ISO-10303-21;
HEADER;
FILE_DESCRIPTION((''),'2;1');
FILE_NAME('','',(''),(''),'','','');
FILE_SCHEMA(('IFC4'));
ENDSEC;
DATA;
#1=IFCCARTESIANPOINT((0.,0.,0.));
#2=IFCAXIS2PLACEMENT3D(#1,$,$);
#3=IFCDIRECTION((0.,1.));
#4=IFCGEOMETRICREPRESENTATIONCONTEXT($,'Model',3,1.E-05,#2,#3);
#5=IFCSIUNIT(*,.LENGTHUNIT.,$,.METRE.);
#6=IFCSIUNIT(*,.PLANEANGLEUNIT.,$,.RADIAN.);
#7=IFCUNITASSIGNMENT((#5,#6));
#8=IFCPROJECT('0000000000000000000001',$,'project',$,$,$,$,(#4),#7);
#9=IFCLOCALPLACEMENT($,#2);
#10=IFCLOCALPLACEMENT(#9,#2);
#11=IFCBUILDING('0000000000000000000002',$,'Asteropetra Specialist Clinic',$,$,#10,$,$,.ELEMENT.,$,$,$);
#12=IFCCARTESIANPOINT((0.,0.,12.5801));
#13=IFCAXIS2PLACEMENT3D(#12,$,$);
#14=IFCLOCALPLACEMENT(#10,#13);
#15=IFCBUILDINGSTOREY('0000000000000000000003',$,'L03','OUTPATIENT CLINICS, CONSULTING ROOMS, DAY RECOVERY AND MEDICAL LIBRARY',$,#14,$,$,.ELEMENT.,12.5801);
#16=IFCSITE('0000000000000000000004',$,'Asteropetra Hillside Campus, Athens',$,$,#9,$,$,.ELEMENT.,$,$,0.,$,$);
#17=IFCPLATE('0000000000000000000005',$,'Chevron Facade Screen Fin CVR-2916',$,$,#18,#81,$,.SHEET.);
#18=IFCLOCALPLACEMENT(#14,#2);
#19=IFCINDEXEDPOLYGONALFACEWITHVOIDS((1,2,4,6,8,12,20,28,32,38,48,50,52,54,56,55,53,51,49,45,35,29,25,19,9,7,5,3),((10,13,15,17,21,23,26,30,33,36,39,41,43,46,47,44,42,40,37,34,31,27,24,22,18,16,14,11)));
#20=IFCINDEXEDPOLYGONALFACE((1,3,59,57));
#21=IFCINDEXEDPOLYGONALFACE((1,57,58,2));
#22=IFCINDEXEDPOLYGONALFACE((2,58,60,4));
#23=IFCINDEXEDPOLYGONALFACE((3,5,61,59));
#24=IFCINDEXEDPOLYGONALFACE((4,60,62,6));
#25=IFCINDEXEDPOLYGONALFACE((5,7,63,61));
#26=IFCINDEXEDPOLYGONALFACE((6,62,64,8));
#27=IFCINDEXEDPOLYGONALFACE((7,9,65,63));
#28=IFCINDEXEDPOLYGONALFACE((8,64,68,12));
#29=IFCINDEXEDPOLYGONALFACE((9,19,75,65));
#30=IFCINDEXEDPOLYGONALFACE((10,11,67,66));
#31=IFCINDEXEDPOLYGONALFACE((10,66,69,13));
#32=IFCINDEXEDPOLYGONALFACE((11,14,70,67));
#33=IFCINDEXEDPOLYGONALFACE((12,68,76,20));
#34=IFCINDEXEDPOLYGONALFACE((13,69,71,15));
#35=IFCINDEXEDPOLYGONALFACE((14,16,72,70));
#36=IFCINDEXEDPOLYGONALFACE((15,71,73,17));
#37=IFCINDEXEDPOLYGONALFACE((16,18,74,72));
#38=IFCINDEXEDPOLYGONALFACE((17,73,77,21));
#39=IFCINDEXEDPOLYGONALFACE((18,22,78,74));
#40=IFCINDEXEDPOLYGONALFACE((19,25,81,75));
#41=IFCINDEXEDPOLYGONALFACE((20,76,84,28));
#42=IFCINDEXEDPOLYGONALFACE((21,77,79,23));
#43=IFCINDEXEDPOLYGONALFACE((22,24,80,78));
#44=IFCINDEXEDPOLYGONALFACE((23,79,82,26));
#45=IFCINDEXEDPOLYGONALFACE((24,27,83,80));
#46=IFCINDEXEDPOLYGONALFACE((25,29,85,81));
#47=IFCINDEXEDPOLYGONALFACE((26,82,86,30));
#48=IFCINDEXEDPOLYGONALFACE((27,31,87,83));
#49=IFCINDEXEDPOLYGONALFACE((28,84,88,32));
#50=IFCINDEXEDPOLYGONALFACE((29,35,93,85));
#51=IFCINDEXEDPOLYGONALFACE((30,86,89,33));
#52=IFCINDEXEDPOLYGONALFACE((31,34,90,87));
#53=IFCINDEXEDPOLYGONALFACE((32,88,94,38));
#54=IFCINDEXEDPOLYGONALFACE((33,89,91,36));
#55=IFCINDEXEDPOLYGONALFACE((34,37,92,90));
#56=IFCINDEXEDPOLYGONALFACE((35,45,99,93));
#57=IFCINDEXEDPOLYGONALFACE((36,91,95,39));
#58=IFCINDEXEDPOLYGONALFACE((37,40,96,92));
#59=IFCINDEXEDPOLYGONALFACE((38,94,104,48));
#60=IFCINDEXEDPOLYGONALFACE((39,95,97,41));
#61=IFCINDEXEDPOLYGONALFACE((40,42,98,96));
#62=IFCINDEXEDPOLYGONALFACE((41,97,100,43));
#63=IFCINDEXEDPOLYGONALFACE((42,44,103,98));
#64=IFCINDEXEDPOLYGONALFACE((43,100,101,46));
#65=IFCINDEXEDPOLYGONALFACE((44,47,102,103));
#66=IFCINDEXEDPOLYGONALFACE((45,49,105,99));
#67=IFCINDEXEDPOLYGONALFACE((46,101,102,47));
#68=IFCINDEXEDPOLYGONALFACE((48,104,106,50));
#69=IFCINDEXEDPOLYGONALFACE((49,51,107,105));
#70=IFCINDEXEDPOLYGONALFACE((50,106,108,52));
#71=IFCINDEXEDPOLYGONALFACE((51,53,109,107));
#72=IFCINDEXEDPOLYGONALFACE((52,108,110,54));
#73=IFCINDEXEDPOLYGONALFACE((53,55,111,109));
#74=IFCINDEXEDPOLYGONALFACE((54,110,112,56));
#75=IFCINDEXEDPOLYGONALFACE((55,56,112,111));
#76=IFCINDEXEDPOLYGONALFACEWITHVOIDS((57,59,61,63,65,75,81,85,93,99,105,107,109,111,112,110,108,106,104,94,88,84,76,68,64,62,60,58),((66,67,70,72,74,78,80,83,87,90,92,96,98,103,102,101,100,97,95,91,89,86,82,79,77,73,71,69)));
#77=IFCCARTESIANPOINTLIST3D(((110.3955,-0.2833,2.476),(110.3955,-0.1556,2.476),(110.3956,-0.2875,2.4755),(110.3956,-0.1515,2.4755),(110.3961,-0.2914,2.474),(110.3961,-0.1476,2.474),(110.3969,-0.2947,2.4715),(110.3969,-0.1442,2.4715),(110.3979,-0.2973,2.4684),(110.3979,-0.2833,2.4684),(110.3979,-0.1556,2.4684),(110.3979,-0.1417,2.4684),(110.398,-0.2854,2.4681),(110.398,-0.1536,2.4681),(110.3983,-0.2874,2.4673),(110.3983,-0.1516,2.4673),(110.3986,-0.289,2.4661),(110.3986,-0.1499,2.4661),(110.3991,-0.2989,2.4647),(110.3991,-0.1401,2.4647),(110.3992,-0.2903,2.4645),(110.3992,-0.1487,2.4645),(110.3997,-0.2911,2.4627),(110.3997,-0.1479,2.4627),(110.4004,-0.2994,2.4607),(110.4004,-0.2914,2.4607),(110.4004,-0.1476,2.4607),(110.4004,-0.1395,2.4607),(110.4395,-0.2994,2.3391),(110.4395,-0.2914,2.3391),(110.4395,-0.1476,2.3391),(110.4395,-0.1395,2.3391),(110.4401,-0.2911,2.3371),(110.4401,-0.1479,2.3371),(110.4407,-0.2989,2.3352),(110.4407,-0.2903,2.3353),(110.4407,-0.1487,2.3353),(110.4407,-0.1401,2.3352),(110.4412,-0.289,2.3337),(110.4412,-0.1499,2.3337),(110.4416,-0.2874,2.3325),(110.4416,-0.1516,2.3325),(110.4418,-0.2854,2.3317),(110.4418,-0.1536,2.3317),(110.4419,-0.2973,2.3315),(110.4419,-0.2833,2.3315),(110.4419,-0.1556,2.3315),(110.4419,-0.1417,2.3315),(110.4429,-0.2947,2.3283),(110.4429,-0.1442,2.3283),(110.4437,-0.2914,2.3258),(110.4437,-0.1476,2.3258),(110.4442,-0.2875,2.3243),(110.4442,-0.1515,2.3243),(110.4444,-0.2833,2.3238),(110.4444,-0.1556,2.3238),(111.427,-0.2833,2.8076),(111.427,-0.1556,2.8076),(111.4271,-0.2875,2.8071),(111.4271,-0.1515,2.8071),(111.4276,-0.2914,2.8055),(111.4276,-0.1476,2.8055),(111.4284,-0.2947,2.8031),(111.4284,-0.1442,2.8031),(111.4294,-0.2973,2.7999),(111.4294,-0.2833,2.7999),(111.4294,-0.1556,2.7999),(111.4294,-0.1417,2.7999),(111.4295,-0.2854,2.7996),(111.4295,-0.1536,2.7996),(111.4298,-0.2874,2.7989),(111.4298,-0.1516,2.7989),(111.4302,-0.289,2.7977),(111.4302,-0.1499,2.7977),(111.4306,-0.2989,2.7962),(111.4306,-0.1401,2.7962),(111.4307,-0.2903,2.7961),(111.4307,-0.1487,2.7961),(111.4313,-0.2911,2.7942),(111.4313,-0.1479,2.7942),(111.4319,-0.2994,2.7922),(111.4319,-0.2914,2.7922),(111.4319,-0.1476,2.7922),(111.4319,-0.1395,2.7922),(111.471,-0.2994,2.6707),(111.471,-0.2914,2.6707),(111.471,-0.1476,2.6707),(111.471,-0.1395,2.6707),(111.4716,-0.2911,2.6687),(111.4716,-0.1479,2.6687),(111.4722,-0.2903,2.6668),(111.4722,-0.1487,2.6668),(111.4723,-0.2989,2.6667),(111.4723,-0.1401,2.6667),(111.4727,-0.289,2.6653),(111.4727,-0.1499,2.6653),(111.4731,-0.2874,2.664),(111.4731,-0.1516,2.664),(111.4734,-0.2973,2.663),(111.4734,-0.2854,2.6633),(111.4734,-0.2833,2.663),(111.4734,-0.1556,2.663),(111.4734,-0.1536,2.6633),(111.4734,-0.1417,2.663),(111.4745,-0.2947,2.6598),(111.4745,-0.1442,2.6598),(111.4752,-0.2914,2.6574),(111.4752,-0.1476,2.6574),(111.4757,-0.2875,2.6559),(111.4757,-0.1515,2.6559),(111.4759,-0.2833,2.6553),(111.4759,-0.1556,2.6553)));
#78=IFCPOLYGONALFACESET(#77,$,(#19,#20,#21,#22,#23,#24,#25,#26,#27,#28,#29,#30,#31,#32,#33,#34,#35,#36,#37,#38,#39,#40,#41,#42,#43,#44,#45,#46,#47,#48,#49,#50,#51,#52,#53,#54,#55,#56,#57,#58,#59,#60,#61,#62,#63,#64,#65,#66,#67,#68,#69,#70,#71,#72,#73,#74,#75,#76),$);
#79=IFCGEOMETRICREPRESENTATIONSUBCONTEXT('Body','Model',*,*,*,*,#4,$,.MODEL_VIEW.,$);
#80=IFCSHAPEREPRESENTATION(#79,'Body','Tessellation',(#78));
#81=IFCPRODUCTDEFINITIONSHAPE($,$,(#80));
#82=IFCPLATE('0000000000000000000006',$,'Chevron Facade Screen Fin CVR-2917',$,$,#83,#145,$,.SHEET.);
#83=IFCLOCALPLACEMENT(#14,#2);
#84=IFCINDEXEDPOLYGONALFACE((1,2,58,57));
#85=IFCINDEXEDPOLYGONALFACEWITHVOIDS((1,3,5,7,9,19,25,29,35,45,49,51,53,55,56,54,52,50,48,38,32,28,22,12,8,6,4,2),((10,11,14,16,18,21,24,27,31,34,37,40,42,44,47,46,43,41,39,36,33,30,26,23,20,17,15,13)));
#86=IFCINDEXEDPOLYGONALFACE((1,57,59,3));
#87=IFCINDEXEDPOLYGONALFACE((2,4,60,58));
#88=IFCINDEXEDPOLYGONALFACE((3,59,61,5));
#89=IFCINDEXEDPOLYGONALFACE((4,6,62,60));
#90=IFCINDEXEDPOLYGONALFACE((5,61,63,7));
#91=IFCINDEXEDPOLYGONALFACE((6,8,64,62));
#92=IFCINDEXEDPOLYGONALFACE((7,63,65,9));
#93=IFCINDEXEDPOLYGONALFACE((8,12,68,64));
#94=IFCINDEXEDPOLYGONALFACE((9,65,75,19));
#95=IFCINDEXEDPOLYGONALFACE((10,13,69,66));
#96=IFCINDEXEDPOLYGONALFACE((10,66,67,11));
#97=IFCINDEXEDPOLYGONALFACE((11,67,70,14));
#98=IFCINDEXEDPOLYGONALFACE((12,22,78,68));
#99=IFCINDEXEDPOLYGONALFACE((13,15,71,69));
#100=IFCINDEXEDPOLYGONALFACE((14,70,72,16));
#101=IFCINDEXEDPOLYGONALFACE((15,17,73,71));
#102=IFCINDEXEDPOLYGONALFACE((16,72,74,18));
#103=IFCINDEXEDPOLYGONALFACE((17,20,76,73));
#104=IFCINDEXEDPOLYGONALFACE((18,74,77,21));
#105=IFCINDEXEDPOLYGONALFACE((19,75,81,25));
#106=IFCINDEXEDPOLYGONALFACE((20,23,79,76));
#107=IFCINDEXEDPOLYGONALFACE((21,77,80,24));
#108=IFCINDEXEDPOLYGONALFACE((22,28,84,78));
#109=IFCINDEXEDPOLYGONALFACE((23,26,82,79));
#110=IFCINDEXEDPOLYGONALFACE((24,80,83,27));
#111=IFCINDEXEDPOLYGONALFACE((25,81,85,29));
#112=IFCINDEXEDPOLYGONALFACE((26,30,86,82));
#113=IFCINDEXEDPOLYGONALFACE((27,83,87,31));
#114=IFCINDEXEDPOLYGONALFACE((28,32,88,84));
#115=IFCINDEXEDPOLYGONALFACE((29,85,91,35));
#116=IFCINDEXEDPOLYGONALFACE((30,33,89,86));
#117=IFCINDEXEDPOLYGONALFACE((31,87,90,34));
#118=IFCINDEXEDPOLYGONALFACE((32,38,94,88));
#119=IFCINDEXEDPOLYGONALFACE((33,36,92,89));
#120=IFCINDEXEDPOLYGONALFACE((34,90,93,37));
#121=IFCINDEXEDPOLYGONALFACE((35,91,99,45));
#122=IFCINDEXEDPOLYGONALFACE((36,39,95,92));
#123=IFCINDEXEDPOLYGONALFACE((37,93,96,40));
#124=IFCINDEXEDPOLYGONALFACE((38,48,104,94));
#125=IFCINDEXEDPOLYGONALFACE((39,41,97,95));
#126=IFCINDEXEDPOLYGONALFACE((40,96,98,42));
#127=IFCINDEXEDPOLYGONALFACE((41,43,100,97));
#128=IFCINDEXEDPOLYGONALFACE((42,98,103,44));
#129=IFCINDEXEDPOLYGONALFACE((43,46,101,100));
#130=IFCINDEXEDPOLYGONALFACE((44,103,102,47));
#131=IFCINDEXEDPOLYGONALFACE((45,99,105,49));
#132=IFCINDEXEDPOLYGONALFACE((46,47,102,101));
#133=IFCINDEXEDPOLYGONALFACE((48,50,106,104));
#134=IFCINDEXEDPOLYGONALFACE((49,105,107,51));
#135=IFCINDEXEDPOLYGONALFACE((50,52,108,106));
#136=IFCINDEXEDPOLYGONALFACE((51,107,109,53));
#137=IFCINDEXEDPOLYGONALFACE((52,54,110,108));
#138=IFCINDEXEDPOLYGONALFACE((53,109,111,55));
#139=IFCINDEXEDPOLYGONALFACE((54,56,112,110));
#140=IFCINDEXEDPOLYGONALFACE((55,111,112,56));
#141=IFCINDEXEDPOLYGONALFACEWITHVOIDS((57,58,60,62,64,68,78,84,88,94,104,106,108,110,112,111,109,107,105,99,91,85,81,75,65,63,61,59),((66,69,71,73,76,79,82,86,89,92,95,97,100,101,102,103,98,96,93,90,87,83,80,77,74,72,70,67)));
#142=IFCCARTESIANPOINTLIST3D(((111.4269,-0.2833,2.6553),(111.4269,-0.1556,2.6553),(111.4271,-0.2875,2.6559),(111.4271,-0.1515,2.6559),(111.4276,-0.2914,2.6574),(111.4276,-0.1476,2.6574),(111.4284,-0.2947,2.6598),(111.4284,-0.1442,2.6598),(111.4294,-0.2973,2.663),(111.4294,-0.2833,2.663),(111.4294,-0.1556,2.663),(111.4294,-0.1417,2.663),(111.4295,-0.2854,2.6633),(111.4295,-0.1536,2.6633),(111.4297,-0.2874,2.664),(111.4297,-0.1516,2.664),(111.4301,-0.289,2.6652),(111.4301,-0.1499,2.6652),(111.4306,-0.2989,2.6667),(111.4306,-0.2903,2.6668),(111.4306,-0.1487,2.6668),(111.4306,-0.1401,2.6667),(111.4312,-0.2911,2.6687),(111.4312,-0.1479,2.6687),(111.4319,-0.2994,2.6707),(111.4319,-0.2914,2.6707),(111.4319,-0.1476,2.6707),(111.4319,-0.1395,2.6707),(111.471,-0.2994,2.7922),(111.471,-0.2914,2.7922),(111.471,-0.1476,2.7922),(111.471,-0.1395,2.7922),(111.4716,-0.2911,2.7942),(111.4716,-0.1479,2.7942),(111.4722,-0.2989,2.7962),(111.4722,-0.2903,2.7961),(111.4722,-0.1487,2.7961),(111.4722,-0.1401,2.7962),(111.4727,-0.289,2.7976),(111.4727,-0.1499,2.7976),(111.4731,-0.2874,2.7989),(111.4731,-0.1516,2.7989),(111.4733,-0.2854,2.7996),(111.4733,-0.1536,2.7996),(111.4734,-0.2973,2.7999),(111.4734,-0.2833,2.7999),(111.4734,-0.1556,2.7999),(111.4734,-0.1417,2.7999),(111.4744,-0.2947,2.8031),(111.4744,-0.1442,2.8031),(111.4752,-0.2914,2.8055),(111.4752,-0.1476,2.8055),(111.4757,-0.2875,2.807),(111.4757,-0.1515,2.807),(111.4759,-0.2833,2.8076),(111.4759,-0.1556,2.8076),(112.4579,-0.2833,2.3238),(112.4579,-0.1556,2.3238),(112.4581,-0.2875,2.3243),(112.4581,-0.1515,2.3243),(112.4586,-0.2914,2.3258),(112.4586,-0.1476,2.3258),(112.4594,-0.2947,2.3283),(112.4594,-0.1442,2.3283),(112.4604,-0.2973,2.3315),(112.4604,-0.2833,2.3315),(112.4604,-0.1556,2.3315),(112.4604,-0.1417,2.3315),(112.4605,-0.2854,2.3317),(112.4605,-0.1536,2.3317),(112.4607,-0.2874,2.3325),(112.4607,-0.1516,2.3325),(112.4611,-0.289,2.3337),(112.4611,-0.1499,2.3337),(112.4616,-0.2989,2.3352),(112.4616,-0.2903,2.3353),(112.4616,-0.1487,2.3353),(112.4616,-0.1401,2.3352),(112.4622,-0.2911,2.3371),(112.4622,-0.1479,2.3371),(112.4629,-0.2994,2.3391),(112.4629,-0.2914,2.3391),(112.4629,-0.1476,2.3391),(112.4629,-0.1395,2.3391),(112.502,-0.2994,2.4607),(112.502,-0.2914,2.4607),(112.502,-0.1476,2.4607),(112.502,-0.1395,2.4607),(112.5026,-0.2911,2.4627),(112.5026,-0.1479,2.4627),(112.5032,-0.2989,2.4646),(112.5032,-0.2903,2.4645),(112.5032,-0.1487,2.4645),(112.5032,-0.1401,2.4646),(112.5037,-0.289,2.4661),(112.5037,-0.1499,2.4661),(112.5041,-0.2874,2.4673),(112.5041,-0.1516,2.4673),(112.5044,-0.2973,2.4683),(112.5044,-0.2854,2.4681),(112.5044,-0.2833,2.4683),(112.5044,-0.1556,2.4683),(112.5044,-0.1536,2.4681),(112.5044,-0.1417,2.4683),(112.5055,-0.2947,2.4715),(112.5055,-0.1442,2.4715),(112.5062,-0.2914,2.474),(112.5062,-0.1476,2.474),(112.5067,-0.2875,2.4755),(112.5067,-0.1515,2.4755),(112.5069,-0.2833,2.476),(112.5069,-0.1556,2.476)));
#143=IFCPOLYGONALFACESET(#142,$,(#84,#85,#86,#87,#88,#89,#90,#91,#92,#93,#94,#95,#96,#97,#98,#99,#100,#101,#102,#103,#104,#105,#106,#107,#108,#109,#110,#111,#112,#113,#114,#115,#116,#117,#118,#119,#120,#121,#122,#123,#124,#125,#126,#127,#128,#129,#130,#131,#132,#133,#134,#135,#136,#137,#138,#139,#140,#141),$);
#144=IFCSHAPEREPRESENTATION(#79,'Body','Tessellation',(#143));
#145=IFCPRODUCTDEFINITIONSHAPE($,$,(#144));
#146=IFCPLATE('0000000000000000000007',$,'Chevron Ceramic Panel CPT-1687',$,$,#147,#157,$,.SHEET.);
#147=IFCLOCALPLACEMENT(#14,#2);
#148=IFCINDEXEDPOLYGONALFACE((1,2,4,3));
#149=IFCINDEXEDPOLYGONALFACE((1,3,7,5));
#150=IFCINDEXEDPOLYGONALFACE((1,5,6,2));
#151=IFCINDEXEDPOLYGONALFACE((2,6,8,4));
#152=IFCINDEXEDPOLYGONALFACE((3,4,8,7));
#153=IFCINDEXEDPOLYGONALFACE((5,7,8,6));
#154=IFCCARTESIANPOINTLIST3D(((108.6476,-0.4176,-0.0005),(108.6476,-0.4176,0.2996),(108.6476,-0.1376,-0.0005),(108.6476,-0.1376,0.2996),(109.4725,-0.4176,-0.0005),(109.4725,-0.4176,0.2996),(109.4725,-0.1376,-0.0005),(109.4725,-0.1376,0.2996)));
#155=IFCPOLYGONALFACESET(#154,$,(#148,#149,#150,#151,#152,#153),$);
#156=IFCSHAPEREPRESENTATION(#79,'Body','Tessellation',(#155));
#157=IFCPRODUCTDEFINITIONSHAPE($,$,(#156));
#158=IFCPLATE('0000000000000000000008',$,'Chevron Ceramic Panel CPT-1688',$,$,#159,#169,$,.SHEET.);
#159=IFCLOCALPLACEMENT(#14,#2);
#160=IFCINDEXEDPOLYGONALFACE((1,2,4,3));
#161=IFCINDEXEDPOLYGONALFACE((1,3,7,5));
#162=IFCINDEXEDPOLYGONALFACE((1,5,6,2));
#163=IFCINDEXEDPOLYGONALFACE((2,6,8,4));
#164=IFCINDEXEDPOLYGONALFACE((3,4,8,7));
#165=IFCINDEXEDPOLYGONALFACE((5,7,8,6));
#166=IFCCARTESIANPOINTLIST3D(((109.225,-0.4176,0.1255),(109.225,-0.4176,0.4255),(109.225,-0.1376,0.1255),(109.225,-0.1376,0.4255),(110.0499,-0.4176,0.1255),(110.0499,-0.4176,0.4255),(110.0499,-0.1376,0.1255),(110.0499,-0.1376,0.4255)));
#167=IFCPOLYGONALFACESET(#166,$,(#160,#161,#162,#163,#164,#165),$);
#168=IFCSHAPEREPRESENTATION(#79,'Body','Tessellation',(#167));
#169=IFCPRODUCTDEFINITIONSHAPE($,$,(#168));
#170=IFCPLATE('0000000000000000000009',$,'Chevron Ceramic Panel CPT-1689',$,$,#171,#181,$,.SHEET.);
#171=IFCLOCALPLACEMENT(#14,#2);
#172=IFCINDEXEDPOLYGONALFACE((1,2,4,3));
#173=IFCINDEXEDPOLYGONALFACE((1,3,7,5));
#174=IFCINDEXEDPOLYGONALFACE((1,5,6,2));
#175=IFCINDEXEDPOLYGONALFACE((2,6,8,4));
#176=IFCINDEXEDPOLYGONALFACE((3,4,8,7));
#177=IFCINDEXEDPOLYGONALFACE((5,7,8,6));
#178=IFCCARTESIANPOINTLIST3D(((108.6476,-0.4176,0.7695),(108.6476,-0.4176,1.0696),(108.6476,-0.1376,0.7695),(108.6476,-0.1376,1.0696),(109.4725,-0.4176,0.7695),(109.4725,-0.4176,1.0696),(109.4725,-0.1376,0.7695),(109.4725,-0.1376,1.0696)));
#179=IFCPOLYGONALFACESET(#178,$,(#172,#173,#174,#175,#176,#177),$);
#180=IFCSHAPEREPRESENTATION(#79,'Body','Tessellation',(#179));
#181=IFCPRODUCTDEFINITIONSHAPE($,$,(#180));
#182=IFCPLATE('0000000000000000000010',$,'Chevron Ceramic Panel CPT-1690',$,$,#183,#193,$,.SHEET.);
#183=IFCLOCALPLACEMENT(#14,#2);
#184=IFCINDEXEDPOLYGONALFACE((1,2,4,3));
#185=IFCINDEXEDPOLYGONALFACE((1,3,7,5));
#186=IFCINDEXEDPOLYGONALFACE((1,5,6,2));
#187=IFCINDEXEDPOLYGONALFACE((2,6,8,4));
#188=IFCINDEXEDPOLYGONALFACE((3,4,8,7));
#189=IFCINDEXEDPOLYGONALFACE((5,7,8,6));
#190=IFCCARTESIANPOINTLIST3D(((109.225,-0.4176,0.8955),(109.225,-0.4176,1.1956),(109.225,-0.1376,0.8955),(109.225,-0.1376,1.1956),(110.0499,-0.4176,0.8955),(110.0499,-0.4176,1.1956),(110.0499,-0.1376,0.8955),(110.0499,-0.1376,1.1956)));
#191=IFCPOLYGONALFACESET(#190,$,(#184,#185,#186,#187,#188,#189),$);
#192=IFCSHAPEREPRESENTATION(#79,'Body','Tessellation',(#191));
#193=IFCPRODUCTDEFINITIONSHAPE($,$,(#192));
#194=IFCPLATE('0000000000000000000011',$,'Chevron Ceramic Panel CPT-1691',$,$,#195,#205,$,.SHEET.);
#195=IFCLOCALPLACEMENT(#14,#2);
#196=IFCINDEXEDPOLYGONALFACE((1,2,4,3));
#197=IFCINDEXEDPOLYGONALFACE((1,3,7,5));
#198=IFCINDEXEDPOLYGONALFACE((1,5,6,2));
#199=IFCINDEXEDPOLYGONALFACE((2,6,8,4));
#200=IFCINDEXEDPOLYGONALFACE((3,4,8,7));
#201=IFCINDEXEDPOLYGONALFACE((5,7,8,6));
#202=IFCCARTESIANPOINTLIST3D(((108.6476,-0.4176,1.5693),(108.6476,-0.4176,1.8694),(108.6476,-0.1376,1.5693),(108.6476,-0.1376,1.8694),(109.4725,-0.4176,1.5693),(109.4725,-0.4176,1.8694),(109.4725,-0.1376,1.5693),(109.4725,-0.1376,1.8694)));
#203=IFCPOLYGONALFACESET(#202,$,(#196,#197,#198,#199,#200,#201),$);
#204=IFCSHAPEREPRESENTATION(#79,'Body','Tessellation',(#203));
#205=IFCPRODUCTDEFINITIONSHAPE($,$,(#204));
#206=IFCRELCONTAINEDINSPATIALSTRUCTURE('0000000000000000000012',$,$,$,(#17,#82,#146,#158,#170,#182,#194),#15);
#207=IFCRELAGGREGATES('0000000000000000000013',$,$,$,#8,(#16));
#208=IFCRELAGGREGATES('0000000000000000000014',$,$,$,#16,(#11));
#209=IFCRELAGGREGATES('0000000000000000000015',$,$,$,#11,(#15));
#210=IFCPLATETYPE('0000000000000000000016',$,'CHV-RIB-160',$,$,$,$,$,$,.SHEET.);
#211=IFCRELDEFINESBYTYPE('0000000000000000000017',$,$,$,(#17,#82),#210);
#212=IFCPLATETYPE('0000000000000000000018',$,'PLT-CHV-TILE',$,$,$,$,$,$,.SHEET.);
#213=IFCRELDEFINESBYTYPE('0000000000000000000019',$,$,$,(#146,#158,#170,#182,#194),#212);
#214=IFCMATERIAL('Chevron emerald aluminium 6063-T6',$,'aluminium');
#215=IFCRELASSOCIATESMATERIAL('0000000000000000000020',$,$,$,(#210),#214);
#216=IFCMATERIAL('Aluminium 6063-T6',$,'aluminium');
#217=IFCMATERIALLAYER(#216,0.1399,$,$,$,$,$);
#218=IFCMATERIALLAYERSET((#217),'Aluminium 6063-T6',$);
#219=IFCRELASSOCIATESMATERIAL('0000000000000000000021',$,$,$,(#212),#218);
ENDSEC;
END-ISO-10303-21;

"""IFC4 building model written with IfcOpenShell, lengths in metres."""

from ifc_helpers import new_model, si_unit, direction, frame, origin, origin_2d, place, context, subcontext, project, spatial, rectangle, hollow_rectangle, extrude, material, layer, layer_set, material_profile, profile_set, type_object, element, save


model = new_model("IFC4")

# Units and contexts
model_context = context("Model", 3, precision=1e-05, world=origin(), true_north=direction((0.0, 1.0)))
body_context = subcontext(model_context, "Body", "Model", "MODEL_VIEW")
ifc_project = project(units=[si_unit("LENGTHUNIT", "METRE"), si_unit("PLANEANGLEUNIT", "RADIAN")], contexts=[model_context])

# Site, building, storey
site_placement = place(None, origin())
site = spatial("IfcSite", under=ifc_project, at=site_placement, Name="Asteropetra Hillside Campus, Athens", CompositionType="ELEMENT", RefElevation=0.0)
building_placement = place(site_placement, origin())
building = spatial("IfcBuilding", under=site, at=building_placement, Name="Asteropetra Specialist Clinic", CompositionType="ELEMENT")
storey_placement = place(building_placement, frame((0.0, 0.0, 12.5801)))
storey = spatial("IfcBuildingStorey", under=building, at=storey_placement, Name="L03", Description="OUTPATIENT CLINICS, CONSULTING ROOMS, DAY RECOVERY AND MEDICAL LIBRARY", CompositionType="ELEMENT", Elevation=12.5801)

# Plates
ifc_material_1 = material(Name="Chevron emerald aluminium 6063-T6", Category="aluminium")
ifc_material_profile_1 = material_profile(ifc_material_1, hollow_rectangle(XDim=0.1599, YDim=0.1599, WallThickness=0.0081, InnerFilletRadius=0.0081, OuterFilletRadius=0.0161, at=origin_2d()), Name="SHS 160x160x8.0")
ifc_profile_set_1 = profile_set([ifc_material_profile_1], Name="Chevron emerald aluminium 6063-T6")
plate_type_1 = type_object("IfcPlateType", Name="CHV-RIB-160", PredefinedType="SHEET", material=ifc_profile_set_1)
plate_1_placement = place(storey_placement, frame((110.4199, -0.2195, 2.3999), z_axis=(0.952031, 0.0, 0.306002), x_axis=(0.0, 1.0, 0.0)))
element("IfcPlate", 1, at=plate_1_placement, inside=storey, type_object=plate_type_1, Name="Chevron Facade Screen Fin CVR-2916", PredefinedType="SHEET", context=body_context, shape_type="SweptSolid", body=[
    extrude(hollow_rectangle(XDim=0.1599, YDim=0.1599, WallThickness=0.0081, InnerFilletRadius=0.0081, OuterFilletRadius=0.0161, at=origin_2d()), origin(), (0.0, 0.0, 1.0), 1.0835),
])
plate_2_placement = place(storey_placement, frame((111.4514, -0.2195, 2.7314), z_axis=(0.951989, 0.0, -0.306133), x_axis=(0.0, 1.0, 0.0)))
element("IfcPlate", 2, at=plate_2_placement, inside=storey, type_object=plate_type_1, Name="Chevron Facade Screen Fin CVR-2917", PredefinedType="SHEET", context=body_context, shape_type="SweptSolid", body=[
    extrude(hollow_rectangle(XDim=0.1599, YDim=0.1599, WallThickness=0.0081, InnerFilletRadius=0.0081, OuterFilletRadius=0.0161, at=origin_2d()), origin(), (0.0, 0.0, 1.0), 1.083),
])
ifc_material_2 = material(Name="Aluminium 6063-T6", Category="aluminium")
ifc_layer_1 = layer(ifc_material_2, 0.1399)
ifc_layer_set_1 = layer_set([ifc_layer_1], Name="Aluminium 6063-T6")
plate_type_2 = type_object("IfcPlateType", Name="PLT-CHV-TILE", PredefinedType="SHEET", material=ifc_layer_set_1)
for number, where, z_axis, x_axis, name in (
    (3, (109.0601, -0.2776, -0.0005), (0.0, 0.0, 1.0), (1.0, 0.0, 0.0), "Chevron Ceramic Panel CPT-1687"),
    (4, (109.6375, -0.2776, 0.1255), (0.0, 0.0, 1.0), (1.0, 0.0, 0.0), "Chevron Ceramic Panel CPT-1688"),
    (5, (109.0601, -0.2776, 0.7695), (0.0, 0.0, 1.0), (1.0, 0.0, 0.0), "Chevron Ceramic Panel CPT-1689"),
    (6, (109.6375, -0.2776, 0.8955), (0.0, 0.0, 1.0), (1.0, 0.0, 0.0), "Chevron Ceramic Panel CPT-1690"),
    (7, (109.0601, -0.2776, 1.5693), (0.0, 0.0, 1.0), (1.0, 0.0, 0.0), "Chevron Ceramic Panel CPT-1691"),
):
    element("IfcPlate", number, at=place(storey_placement, frame(where, z_axis=z_axis, x_axis=x_axis)), inside=storey, type_object=plate_type_2, Name=name, PredefinedType="SHEET", context=body_context, shape_type="SweptSolid", body=[
        extrude(rectangle(XDim=0.825, YDim=0.28, at=origin_2d()), origin(), (0.0, 0.0, 1.0), 0.3),
    ])

save(model, "model.ifc")
